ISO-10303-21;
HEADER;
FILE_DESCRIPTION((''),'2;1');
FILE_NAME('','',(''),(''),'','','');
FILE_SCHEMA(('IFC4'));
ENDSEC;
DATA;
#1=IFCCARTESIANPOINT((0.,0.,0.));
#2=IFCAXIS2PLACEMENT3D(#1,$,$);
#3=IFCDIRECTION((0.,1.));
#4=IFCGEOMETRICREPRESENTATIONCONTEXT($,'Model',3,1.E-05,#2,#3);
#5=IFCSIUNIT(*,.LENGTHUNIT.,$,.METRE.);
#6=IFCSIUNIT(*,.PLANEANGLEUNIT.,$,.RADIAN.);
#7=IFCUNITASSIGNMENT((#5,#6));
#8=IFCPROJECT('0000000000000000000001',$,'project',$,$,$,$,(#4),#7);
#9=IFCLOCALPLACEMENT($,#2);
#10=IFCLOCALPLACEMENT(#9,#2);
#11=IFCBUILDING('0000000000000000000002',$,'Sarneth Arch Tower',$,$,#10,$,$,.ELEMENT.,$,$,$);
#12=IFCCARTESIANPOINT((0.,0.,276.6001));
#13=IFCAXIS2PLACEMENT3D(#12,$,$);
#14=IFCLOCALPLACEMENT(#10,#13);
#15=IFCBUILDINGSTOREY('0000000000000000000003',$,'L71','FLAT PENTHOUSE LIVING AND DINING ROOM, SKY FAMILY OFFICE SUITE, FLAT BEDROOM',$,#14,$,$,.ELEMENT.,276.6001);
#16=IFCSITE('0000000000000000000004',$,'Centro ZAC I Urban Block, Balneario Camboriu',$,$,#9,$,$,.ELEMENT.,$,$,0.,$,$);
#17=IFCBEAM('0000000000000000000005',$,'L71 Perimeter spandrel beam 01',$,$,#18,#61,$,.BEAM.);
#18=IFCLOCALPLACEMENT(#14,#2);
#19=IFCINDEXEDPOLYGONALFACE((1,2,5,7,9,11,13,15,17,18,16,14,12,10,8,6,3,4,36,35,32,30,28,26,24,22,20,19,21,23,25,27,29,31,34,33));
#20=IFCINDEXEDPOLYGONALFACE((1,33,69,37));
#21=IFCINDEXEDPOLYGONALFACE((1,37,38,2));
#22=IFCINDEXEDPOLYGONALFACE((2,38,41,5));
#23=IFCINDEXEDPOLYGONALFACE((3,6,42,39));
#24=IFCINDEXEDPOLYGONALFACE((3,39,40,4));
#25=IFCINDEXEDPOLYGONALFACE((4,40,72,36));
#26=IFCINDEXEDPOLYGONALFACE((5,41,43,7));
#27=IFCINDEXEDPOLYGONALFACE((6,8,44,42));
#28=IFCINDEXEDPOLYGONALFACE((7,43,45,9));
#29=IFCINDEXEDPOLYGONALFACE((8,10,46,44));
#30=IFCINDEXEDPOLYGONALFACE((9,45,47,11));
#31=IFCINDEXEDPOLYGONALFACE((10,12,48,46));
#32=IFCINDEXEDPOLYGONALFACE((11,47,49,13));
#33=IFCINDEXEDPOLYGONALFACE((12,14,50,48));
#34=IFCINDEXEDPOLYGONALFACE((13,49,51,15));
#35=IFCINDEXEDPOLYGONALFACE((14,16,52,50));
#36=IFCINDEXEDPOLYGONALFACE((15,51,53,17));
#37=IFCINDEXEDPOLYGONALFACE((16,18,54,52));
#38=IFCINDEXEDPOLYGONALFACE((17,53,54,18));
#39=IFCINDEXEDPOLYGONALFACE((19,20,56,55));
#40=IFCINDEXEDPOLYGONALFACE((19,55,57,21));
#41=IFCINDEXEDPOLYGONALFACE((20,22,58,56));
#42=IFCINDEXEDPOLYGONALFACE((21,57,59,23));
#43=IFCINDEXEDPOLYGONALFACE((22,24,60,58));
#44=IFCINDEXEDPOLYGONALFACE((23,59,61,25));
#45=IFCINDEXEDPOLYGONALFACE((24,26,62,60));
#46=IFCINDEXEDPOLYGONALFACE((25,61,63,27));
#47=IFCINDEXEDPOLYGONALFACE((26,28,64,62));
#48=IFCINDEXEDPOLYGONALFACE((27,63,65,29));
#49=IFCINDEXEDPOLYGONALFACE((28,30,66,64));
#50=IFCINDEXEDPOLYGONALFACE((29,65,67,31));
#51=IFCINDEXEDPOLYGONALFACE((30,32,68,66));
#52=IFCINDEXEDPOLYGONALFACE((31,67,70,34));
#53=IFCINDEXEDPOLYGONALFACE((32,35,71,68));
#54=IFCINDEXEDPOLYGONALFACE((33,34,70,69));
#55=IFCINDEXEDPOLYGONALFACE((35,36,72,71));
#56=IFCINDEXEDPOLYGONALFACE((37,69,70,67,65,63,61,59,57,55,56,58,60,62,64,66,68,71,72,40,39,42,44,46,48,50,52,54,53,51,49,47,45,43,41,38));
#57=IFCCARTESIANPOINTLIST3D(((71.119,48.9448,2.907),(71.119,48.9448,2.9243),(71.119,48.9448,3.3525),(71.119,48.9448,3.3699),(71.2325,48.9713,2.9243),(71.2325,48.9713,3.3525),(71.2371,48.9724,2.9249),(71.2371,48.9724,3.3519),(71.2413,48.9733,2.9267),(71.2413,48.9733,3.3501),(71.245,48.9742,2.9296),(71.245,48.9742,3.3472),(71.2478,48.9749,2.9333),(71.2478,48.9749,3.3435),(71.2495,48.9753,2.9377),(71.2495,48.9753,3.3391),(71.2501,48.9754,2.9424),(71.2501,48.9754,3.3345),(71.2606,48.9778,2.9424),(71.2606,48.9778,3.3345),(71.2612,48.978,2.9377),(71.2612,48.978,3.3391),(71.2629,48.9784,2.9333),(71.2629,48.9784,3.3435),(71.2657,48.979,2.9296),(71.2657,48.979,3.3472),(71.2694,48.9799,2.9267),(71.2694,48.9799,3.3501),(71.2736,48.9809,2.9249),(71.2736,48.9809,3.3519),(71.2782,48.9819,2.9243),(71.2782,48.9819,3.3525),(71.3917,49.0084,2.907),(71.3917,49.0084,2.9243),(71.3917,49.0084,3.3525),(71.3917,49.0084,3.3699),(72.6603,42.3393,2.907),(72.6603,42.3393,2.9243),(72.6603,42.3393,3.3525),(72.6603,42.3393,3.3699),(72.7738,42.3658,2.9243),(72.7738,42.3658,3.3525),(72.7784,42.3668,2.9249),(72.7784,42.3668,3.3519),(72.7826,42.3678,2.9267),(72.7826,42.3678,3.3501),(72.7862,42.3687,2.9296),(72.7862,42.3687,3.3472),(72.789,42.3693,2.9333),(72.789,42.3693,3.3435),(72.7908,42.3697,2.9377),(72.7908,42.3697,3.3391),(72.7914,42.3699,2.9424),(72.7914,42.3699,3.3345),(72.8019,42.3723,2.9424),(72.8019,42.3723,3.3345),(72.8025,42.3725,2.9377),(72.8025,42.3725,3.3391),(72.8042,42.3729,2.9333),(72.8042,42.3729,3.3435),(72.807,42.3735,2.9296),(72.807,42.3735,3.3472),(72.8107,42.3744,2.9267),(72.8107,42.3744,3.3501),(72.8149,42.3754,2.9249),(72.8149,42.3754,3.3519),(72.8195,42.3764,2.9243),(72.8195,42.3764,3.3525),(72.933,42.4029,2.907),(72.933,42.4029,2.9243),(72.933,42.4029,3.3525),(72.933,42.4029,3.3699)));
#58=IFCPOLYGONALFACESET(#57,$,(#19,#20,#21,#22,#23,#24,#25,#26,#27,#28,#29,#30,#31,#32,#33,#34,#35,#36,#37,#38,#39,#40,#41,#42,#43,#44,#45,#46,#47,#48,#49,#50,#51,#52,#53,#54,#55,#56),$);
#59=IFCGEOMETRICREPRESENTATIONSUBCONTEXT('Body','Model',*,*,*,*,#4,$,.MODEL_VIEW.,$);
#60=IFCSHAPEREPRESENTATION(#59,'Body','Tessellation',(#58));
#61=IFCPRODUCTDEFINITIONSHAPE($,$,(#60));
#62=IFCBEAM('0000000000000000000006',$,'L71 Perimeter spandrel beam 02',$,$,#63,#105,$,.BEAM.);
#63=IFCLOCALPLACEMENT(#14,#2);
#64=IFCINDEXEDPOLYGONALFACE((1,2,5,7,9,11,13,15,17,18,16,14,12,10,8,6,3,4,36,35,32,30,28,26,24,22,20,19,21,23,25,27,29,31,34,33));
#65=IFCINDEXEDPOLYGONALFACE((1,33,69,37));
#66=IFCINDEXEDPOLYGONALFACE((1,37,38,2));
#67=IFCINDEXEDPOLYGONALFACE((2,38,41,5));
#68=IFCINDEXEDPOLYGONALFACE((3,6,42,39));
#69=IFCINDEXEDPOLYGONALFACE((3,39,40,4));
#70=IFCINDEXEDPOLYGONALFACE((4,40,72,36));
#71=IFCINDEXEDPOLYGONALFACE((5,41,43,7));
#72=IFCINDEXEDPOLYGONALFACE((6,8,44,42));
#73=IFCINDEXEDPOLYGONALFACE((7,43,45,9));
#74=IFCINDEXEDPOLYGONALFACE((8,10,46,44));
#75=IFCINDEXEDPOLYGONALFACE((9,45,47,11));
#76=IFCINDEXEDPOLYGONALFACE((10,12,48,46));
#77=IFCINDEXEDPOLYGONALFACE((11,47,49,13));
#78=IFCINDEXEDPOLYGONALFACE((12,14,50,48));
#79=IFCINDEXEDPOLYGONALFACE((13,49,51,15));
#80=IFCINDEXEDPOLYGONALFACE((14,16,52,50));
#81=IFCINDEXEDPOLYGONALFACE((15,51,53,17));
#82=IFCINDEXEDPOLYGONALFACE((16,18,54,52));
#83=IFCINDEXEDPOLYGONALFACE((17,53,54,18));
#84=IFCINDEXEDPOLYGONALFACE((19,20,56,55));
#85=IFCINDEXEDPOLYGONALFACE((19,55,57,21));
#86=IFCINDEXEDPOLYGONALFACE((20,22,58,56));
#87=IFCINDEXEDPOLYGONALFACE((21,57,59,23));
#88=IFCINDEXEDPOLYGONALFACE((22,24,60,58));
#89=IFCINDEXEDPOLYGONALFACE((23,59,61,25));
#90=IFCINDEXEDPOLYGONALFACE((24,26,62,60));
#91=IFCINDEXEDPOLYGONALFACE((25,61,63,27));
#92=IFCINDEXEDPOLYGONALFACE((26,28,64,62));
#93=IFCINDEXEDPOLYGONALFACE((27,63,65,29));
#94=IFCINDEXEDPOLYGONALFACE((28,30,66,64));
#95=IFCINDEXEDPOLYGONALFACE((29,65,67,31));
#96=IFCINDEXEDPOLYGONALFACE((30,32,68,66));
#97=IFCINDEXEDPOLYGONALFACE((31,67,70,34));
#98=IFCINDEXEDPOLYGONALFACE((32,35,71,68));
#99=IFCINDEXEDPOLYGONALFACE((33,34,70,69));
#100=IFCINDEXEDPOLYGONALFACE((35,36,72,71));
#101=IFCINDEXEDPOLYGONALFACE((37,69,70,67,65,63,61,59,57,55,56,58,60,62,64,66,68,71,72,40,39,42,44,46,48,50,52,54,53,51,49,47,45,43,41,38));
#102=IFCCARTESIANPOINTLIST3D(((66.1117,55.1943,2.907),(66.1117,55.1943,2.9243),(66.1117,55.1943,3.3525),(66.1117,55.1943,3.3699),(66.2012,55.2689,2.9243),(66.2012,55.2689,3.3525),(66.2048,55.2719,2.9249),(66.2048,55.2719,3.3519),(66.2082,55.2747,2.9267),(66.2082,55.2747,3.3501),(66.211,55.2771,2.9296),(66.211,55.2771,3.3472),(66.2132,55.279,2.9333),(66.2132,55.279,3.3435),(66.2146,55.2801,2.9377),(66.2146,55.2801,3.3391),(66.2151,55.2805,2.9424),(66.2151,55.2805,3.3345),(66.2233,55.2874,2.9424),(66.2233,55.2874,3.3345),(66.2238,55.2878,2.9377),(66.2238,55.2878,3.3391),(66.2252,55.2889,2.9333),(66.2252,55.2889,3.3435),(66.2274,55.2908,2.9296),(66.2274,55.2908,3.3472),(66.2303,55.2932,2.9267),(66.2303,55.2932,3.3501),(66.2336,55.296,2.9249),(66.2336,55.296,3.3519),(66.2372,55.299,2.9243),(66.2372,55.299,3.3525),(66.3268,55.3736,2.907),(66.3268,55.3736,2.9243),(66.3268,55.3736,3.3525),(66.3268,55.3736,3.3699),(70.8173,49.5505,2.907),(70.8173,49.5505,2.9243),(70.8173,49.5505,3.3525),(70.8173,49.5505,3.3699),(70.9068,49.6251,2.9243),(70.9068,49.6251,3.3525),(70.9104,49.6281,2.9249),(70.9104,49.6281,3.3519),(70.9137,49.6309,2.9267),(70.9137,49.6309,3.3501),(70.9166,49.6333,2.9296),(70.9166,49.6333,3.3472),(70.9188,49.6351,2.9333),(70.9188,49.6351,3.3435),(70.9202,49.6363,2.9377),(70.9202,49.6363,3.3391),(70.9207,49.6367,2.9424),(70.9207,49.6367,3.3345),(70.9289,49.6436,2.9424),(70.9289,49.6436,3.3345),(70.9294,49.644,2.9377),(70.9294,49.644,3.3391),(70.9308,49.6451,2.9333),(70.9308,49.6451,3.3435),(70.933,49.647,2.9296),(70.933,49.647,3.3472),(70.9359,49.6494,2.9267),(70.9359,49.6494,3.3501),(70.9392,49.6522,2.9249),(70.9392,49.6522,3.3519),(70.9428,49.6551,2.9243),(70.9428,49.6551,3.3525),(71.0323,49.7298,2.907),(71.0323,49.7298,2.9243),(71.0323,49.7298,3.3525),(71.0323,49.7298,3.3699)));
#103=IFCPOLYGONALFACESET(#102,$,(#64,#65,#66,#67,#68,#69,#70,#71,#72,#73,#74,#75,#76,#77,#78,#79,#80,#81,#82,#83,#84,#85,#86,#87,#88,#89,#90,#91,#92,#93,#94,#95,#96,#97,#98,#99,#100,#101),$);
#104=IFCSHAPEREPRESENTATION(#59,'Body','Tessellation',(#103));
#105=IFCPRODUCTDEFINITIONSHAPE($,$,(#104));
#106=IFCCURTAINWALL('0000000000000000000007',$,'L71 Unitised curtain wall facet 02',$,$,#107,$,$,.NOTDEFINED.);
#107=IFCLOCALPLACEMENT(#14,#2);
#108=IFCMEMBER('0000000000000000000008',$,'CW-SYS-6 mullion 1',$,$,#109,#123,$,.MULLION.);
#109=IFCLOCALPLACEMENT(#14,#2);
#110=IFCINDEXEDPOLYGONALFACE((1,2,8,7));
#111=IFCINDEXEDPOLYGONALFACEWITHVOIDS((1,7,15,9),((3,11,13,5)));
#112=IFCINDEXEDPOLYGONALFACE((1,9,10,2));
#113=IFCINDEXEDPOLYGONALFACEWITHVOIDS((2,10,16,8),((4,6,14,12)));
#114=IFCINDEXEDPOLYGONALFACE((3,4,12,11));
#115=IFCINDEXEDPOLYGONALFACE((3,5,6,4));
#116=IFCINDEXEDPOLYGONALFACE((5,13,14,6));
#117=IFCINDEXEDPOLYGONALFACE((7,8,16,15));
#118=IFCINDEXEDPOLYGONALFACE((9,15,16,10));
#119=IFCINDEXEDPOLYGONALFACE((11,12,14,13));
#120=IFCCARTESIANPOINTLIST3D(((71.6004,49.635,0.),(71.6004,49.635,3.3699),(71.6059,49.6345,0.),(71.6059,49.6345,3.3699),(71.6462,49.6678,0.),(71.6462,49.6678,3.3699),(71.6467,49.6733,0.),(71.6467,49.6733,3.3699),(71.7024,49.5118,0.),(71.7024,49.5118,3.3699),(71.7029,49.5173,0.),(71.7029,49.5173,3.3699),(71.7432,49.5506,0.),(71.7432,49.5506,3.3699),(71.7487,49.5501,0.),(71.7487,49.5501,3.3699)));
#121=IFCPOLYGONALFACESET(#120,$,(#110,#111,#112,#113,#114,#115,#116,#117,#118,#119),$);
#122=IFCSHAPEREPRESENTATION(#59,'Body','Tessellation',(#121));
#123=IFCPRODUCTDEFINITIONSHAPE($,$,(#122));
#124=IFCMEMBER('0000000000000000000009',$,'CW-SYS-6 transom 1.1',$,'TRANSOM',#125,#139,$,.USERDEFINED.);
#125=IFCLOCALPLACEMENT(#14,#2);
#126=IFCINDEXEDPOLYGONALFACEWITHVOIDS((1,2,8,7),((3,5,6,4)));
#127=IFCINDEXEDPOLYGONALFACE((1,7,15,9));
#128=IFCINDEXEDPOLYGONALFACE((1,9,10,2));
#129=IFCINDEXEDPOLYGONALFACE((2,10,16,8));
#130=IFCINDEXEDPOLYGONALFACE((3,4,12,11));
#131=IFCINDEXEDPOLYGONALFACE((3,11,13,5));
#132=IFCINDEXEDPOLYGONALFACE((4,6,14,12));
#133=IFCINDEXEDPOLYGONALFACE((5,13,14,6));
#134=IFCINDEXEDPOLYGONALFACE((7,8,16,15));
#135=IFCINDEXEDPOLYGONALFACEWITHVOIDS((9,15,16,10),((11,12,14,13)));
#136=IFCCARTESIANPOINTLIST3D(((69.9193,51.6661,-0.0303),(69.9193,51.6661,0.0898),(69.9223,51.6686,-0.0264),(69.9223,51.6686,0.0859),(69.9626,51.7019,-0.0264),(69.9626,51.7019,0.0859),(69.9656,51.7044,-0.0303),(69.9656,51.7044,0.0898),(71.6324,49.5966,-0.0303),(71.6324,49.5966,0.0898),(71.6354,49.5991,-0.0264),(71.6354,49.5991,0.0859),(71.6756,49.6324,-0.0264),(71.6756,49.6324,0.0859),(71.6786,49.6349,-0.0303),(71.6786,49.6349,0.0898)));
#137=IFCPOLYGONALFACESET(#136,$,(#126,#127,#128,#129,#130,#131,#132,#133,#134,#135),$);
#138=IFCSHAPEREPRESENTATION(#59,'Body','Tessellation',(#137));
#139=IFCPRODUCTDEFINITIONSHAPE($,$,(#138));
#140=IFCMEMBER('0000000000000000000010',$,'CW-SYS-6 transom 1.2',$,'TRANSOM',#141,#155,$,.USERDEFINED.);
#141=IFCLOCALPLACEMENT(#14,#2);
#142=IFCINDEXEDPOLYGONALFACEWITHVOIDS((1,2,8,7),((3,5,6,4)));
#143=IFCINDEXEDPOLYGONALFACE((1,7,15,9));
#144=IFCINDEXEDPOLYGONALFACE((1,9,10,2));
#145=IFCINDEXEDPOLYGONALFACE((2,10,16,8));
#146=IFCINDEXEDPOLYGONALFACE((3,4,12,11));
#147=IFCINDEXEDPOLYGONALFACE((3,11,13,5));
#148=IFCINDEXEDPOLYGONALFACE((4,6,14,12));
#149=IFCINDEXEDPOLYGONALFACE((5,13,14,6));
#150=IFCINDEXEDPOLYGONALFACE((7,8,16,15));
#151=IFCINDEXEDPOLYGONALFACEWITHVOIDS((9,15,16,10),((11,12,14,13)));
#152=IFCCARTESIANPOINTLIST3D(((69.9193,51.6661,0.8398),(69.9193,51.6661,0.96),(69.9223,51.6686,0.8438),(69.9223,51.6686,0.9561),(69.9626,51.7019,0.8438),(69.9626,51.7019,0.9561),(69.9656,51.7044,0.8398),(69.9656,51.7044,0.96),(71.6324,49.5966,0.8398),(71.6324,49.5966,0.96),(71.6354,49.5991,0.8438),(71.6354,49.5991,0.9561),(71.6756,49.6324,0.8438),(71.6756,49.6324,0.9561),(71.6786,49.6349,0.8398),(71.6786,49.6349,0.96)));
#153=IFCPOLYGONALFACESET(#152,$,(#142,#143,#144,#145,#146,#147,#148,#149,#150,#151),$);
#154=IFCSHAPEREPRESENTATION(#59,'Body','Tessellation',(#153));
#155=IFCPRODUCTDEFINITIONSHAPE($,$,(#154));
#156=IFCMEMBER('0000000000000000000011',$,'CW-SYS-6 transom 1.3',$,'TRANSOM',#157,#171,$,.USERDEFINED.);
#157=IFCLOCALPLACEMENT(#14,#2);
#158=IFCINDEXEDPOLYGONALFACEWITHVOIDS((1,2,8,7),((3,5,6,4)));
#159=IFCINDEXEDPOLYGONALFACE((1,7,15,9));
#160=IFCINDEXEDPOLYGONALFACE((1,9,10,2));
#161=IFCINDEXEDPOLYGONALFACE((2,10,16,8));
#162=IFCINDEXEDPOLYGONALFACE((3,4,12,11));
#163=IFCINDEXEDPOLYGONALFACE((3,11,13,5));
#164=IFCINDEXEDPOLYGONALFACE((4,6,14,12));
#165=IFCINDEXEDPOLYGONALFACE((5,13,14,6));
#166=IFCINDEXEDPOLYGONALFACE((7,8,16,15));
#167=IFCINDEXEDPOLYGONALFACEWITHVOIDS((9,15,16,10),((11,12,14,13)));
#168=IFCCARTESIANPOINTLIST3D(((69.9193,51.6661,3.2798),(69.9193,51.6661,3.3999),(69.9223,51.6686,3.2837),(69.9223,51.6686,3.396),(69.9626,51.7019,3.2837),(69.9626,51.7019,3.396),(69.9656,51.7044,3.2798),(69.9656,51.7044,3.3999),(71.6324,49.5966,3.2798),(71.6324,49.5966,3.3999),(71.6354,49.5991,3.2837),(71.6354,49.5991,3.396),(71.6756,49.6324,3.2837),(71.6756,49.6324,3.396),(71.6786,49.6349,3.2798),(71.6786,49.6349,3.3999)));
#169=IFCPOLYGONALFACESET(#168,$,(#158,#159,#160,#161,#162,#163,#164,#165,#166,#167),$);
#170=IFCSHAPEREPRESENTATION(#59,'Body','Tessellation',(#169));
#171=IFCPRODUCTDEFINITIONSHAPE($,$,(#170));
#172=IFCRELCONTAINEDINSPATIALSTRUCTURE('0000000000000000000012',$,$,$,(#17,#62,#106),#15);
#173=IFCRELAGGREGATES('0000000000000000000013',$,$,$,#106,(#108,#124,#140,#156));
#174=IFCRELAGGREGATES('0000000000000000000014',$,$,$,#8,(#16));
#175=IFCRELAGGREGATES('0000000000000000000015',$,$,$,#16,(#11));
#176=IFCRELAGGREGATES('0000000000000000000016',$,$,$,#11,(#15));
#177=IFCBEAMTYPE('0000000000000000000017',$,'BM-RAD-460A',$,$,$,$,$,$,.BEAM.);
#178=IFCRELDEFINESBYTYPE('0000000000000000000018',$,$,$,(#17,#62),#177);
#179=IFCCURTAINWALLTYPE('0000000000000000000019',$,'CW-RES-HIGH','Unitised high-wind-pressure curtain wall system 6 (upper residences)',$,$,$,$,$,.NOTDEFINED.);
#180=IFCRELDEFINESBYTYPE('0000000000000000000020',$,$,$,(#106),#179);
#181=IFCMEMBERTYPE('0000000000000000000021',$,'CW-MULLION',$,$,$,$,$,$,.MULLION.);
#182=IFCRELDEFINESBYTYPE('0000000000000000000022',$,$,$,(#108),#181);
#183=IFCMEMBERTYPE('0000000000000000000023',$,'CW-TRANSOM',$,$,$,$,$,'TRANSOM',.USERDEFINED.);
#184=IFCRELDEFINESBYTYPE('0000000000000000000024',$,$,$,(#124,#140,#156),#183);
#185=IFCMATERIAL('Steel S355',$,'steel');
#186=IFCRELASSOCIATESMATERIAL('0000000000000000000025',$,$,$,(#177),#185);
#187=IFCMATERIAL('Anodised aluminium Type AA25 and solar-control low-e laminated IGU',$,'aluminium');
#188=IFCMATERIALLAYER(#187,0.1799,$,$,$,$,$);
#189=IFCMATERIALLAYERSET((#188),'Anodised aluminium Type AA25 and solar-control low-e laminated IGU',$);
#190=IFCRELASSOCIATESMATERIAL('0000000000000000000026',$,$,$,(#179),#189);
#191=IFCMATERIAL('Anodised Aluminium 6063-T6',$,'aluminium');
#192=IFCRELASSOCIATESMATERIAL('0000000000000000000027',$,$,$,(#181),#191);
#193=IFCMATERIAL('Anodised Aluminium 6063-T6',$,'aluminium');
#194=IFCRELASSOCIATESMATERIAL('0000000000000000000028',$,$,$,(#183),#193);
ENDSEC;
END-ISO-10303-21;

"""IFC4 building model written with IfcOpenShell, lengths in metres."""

from ifc_helpers import new_model, si_unit, direction, frame, origin, origin_2d, place, context, subcontext, project, spatial, hollow_rectangle, i_section, extrude, material, layer, layer_set, material_profile, profile_set, type_object, element, aggregate, save


model = new_model("IFC4")

# Units and contexts
model_context = context("Model", 3, precision=1e-05, world=origin(), true_north=direction((0.0, 1.0)))
body_context = subcontext(model_context, "Body", "Model", "MODEL_VIEW")
ifc_project = project(units=[si_unit("LENGTHUNIT", "METRE"), si_unit("PLANEANGLEUNIT", "RADIAN")], contexts=[model_context])

# Site, building, storey
site_placement = place(None, origin())
site = spatial("IfcSite", under=ifc_project, at=site_placement, Name="Centro ZAC I Urban Block, Balneario Camboriu", CompositionType="ELEMENT", RefElevation=0.0)
building_placement = place(site_placement, origin())
building = spatial("IfcBuilding", under=site, at=building_placement, Name="Sarneth Arch Tower", CompositionType="ELEMENT")
storey_placement = place(building_placement, frame((0.0, 0.0, 276.6001)))
storey = spatial("IfcBuildingStorey", under=building, at=storey_placement, Name="L71", Description="FLAT PENTHOUSE LIVING AND DINING ROOM, SKY FAMILY OFFICE SUITE, FLAT BEDROOM", CompositionType="ELEMENT", Elevation=276.6001)

# Beams
ifc_material_1 = material(Name="Steel S355", Category="steel")
ifc_material_profile_1 = material_profile(ifc_material_1, i_section(OverallWidth=0.28, OverallDepth=0.4629, WebThickness=0.0107, FlangeThickness=0.0173, FilletRadius=0.0181, at=origin_2d()), Name="W460x113")
ifc_profile_set_1 = profile_set([ifc_material_profile_1], Name="Steel S355")
beam_type_1 = type_object("IfcBeamType", Name="BM-RAD-460A", PredefinedType="BEAM", material=ifc_profile_set_1)
beam_1_placement = place(storey_placement, frame((72.7966, 42.3711, 3.1384), z_axis=(-0.227227, 0.973842, 0.0), x_axis=(-0.973842, -0.227227, 0.0)))
element("IfcBeam", 1, at=beam_1_placement, inside=storey, type_object=beam_type_1, Name="L71 Perimeter spandrel beam 01", PredefinedType="BEAM", context=body_context, shape_type="SweptSolid", body=[
    extrude(i_section(OverallWidth=0.28, OverallDepth=0.4629, WebThickness=0.0107, FlangeThickness=0.0173, FilletRadius=0.0181, at=origin_2d()), origin(), (0.0, 0.0, 1.0), 6.783),
])
beam_2_placement = place(storey_placement, frame((70.9248, 49.6401, 3.1384), z_axis=(-0.640377, 0.768061, 0.0), x_axis=(-0.768061, -0.640377, 0.0)))
element("IfcBeam", 2, at=beam_2_placement, inside=storey, type_object=beam_type_1, Name="L71 Perimeter spandrel beam 02", PredefinedType="BEAM", context=body_context, shape_type="SweptSolid", body=[
    extrude(i_section(OverallWidth=0.28, OverallDepth=0.4629, WebThickness=0.0107, FlangeThickness=0.0173, FilletRadius=0.0181, at=origin_2d()), origin(), (0.0, 0.0, 1.0), 7.3481),
])

# Curtain wall, members
ifc_material_2 = material(Name="Anodised aluminium Type AA25 and solar-control low-e laminated IGU", Category="aluminium")
ifc_layer_1 = layer(ifc_material_2, 0.1799)
ifc_layer_set_1 = layer_set([ifc_layer_1], Name="Anodised aluminium Type AA25 and solar-control low-e laminated IGU")
curtain_wall_type = type_object("IfcCurtainWallType", Name="CW-RES-HIGH", Description="Unitised high-wind-pressure curtain wall system 6 (upper residences)", PredefinedType="NOTDEFINED", material=ifc_layer_set_1)
curtain_wall_placement = place(storey_placement, origin())
curtain_wall = element("IfcCurtainWall", 3, at=curtain_wall_placement, inside=storey, type_object=curtain_wall_type, Name="L71 Unitised curtain wall facet 02", PredefinedType="NOTDEFINED")
ifc_material_3 = material(Name="Anodised Aluminium 6063-T6", Category="aluminium")
ifc_material_profile_2 = material_profile(ifc_material_3, hollow_rectangle(XDim=0.0601, YDim=0.1599, WallThickness=0.0039, at=origin_2d()), Name="AL-MULL-160x60x4")
ifc_profile_set_2 = profile_set([ifc_material_profile_2], Name="Anodised Aluminium 6063-T6")
member_type_1 = type_object("IfcMemberType", Name="CW-MULLION", PredefinedType="MULLION", material=ifc_profile_set_2)
member_1_placement = place(storey_placement, frame((71.6746, 49.5925, 0.0), z_axis=(0.0, 0.0, 1.0), x_axis=(-0.770359, -0.63761, 0.0)))
member_1 = element("IfcMember", 4, at=member_1_placement, type_object=member_type_1, Name="CW-SYS-6 mullion 1", PredefinedType="MULLION", context=body_context, shape_type="SweptSolid", body=[
    extrude(hollow_rectangle(XDim=0.0601, YDim=0.1599, WallThickness=0.0039, at=origin_2d()), origin(), (0.0, 0.0, 1.0), 3.3699),
])
ifc_material_4 = material(Name="Anodised Aluminium 6063-T6", Category="aluminium")
ifc_material_profile_3 = material_profile(ifc_material_4, hollow_rectangle(XDim=0.0601, YDim=0.1201, WallThickness=0.0039, at=origin_2d()), Name="AL-TRAN-120x60x4")
ifc_profile_set_3 = profile_set([ifc_material_profile_3], Name="Anodised Aluminium 6063-T6")
member_type_2 = type_object("IfcMemberType", Name="CW-TRANSOM", ElementType="TRANSOM", PredefinedType="USERDEFINED", material=ifc_profile_set_3)
member_2_placement = place(storey_placement, frame((71.6555, 49.6157, 0.0298), z_axis=(-0.637651, 0.770325, 0.0), x_axis=(-0.770325, -0.637651, 0.0)))
member_2 = element("IfcMember", 5, at=member_2_placement, type_object=member_type_2, Name="CW-SYS-6 transom 1.1", ObjectType="TRANSOM", PredefinedType="USERDEFINED", context=body_context, shape_type="SweptSolid", body=[
    extrude(hollow_rectangle(XDim=0.0601, YDim=0.1201, WallThickness=0.0039, at=origin_2d()), origin(), (0.0, 0.0, 1.0), 2.6865),
])
member_3_placement = place(storey_placement, frame((71.6555, 49.6157, 0.8999), z_axis=(-0.637651, 0.770325, 0.0), x_axis=(-0.770325, -0.637651, 0.0)))
member_3 = element("IfcMember", 6, at=member_3_placement, type_object=member_type_2, Name="CW-SYS-6 transom 1.2", ObjectType="TRANSOM", PredefinedType="USERDEFINED", context=body_context, shape_type="SweptSolid", body=[
    extrude(hollow_rectangle(XDim=0.0601, YDim=0.1201, WallThickness=0.0039, at=origin_2d()), origin(), (0.0, 0.0, 1.0), 2.6865),
])
member_4_placement = place(storey_placement, frame((71.6555, 49.6157, 3.3398), z_axis=(-0.637651, 0.770325, 0.0), x_axis=(-0.770325, -0.637651, 0.0)))
member_4 = element("IfcMember", 7, at=member_4_placement, type_object=member_type_2, Name="CW-SYS-6 transom 1.3", ObjectType="TRANSOM", PredefinedType="USERDEFINED", context=body_context, shape_type="SweptSolid", body=[
    extrude(hollow_rectangle(XDim=0.0601, YDim=0.1201, WallThickness=0.0039, at=origin_2d()), origin(), (0.0, 0.0, 1.0), 2.6865),
])

aggregate(curtain_wall, [member_1, member_2, member_3, member_4])

save(model, "model.ifc")
